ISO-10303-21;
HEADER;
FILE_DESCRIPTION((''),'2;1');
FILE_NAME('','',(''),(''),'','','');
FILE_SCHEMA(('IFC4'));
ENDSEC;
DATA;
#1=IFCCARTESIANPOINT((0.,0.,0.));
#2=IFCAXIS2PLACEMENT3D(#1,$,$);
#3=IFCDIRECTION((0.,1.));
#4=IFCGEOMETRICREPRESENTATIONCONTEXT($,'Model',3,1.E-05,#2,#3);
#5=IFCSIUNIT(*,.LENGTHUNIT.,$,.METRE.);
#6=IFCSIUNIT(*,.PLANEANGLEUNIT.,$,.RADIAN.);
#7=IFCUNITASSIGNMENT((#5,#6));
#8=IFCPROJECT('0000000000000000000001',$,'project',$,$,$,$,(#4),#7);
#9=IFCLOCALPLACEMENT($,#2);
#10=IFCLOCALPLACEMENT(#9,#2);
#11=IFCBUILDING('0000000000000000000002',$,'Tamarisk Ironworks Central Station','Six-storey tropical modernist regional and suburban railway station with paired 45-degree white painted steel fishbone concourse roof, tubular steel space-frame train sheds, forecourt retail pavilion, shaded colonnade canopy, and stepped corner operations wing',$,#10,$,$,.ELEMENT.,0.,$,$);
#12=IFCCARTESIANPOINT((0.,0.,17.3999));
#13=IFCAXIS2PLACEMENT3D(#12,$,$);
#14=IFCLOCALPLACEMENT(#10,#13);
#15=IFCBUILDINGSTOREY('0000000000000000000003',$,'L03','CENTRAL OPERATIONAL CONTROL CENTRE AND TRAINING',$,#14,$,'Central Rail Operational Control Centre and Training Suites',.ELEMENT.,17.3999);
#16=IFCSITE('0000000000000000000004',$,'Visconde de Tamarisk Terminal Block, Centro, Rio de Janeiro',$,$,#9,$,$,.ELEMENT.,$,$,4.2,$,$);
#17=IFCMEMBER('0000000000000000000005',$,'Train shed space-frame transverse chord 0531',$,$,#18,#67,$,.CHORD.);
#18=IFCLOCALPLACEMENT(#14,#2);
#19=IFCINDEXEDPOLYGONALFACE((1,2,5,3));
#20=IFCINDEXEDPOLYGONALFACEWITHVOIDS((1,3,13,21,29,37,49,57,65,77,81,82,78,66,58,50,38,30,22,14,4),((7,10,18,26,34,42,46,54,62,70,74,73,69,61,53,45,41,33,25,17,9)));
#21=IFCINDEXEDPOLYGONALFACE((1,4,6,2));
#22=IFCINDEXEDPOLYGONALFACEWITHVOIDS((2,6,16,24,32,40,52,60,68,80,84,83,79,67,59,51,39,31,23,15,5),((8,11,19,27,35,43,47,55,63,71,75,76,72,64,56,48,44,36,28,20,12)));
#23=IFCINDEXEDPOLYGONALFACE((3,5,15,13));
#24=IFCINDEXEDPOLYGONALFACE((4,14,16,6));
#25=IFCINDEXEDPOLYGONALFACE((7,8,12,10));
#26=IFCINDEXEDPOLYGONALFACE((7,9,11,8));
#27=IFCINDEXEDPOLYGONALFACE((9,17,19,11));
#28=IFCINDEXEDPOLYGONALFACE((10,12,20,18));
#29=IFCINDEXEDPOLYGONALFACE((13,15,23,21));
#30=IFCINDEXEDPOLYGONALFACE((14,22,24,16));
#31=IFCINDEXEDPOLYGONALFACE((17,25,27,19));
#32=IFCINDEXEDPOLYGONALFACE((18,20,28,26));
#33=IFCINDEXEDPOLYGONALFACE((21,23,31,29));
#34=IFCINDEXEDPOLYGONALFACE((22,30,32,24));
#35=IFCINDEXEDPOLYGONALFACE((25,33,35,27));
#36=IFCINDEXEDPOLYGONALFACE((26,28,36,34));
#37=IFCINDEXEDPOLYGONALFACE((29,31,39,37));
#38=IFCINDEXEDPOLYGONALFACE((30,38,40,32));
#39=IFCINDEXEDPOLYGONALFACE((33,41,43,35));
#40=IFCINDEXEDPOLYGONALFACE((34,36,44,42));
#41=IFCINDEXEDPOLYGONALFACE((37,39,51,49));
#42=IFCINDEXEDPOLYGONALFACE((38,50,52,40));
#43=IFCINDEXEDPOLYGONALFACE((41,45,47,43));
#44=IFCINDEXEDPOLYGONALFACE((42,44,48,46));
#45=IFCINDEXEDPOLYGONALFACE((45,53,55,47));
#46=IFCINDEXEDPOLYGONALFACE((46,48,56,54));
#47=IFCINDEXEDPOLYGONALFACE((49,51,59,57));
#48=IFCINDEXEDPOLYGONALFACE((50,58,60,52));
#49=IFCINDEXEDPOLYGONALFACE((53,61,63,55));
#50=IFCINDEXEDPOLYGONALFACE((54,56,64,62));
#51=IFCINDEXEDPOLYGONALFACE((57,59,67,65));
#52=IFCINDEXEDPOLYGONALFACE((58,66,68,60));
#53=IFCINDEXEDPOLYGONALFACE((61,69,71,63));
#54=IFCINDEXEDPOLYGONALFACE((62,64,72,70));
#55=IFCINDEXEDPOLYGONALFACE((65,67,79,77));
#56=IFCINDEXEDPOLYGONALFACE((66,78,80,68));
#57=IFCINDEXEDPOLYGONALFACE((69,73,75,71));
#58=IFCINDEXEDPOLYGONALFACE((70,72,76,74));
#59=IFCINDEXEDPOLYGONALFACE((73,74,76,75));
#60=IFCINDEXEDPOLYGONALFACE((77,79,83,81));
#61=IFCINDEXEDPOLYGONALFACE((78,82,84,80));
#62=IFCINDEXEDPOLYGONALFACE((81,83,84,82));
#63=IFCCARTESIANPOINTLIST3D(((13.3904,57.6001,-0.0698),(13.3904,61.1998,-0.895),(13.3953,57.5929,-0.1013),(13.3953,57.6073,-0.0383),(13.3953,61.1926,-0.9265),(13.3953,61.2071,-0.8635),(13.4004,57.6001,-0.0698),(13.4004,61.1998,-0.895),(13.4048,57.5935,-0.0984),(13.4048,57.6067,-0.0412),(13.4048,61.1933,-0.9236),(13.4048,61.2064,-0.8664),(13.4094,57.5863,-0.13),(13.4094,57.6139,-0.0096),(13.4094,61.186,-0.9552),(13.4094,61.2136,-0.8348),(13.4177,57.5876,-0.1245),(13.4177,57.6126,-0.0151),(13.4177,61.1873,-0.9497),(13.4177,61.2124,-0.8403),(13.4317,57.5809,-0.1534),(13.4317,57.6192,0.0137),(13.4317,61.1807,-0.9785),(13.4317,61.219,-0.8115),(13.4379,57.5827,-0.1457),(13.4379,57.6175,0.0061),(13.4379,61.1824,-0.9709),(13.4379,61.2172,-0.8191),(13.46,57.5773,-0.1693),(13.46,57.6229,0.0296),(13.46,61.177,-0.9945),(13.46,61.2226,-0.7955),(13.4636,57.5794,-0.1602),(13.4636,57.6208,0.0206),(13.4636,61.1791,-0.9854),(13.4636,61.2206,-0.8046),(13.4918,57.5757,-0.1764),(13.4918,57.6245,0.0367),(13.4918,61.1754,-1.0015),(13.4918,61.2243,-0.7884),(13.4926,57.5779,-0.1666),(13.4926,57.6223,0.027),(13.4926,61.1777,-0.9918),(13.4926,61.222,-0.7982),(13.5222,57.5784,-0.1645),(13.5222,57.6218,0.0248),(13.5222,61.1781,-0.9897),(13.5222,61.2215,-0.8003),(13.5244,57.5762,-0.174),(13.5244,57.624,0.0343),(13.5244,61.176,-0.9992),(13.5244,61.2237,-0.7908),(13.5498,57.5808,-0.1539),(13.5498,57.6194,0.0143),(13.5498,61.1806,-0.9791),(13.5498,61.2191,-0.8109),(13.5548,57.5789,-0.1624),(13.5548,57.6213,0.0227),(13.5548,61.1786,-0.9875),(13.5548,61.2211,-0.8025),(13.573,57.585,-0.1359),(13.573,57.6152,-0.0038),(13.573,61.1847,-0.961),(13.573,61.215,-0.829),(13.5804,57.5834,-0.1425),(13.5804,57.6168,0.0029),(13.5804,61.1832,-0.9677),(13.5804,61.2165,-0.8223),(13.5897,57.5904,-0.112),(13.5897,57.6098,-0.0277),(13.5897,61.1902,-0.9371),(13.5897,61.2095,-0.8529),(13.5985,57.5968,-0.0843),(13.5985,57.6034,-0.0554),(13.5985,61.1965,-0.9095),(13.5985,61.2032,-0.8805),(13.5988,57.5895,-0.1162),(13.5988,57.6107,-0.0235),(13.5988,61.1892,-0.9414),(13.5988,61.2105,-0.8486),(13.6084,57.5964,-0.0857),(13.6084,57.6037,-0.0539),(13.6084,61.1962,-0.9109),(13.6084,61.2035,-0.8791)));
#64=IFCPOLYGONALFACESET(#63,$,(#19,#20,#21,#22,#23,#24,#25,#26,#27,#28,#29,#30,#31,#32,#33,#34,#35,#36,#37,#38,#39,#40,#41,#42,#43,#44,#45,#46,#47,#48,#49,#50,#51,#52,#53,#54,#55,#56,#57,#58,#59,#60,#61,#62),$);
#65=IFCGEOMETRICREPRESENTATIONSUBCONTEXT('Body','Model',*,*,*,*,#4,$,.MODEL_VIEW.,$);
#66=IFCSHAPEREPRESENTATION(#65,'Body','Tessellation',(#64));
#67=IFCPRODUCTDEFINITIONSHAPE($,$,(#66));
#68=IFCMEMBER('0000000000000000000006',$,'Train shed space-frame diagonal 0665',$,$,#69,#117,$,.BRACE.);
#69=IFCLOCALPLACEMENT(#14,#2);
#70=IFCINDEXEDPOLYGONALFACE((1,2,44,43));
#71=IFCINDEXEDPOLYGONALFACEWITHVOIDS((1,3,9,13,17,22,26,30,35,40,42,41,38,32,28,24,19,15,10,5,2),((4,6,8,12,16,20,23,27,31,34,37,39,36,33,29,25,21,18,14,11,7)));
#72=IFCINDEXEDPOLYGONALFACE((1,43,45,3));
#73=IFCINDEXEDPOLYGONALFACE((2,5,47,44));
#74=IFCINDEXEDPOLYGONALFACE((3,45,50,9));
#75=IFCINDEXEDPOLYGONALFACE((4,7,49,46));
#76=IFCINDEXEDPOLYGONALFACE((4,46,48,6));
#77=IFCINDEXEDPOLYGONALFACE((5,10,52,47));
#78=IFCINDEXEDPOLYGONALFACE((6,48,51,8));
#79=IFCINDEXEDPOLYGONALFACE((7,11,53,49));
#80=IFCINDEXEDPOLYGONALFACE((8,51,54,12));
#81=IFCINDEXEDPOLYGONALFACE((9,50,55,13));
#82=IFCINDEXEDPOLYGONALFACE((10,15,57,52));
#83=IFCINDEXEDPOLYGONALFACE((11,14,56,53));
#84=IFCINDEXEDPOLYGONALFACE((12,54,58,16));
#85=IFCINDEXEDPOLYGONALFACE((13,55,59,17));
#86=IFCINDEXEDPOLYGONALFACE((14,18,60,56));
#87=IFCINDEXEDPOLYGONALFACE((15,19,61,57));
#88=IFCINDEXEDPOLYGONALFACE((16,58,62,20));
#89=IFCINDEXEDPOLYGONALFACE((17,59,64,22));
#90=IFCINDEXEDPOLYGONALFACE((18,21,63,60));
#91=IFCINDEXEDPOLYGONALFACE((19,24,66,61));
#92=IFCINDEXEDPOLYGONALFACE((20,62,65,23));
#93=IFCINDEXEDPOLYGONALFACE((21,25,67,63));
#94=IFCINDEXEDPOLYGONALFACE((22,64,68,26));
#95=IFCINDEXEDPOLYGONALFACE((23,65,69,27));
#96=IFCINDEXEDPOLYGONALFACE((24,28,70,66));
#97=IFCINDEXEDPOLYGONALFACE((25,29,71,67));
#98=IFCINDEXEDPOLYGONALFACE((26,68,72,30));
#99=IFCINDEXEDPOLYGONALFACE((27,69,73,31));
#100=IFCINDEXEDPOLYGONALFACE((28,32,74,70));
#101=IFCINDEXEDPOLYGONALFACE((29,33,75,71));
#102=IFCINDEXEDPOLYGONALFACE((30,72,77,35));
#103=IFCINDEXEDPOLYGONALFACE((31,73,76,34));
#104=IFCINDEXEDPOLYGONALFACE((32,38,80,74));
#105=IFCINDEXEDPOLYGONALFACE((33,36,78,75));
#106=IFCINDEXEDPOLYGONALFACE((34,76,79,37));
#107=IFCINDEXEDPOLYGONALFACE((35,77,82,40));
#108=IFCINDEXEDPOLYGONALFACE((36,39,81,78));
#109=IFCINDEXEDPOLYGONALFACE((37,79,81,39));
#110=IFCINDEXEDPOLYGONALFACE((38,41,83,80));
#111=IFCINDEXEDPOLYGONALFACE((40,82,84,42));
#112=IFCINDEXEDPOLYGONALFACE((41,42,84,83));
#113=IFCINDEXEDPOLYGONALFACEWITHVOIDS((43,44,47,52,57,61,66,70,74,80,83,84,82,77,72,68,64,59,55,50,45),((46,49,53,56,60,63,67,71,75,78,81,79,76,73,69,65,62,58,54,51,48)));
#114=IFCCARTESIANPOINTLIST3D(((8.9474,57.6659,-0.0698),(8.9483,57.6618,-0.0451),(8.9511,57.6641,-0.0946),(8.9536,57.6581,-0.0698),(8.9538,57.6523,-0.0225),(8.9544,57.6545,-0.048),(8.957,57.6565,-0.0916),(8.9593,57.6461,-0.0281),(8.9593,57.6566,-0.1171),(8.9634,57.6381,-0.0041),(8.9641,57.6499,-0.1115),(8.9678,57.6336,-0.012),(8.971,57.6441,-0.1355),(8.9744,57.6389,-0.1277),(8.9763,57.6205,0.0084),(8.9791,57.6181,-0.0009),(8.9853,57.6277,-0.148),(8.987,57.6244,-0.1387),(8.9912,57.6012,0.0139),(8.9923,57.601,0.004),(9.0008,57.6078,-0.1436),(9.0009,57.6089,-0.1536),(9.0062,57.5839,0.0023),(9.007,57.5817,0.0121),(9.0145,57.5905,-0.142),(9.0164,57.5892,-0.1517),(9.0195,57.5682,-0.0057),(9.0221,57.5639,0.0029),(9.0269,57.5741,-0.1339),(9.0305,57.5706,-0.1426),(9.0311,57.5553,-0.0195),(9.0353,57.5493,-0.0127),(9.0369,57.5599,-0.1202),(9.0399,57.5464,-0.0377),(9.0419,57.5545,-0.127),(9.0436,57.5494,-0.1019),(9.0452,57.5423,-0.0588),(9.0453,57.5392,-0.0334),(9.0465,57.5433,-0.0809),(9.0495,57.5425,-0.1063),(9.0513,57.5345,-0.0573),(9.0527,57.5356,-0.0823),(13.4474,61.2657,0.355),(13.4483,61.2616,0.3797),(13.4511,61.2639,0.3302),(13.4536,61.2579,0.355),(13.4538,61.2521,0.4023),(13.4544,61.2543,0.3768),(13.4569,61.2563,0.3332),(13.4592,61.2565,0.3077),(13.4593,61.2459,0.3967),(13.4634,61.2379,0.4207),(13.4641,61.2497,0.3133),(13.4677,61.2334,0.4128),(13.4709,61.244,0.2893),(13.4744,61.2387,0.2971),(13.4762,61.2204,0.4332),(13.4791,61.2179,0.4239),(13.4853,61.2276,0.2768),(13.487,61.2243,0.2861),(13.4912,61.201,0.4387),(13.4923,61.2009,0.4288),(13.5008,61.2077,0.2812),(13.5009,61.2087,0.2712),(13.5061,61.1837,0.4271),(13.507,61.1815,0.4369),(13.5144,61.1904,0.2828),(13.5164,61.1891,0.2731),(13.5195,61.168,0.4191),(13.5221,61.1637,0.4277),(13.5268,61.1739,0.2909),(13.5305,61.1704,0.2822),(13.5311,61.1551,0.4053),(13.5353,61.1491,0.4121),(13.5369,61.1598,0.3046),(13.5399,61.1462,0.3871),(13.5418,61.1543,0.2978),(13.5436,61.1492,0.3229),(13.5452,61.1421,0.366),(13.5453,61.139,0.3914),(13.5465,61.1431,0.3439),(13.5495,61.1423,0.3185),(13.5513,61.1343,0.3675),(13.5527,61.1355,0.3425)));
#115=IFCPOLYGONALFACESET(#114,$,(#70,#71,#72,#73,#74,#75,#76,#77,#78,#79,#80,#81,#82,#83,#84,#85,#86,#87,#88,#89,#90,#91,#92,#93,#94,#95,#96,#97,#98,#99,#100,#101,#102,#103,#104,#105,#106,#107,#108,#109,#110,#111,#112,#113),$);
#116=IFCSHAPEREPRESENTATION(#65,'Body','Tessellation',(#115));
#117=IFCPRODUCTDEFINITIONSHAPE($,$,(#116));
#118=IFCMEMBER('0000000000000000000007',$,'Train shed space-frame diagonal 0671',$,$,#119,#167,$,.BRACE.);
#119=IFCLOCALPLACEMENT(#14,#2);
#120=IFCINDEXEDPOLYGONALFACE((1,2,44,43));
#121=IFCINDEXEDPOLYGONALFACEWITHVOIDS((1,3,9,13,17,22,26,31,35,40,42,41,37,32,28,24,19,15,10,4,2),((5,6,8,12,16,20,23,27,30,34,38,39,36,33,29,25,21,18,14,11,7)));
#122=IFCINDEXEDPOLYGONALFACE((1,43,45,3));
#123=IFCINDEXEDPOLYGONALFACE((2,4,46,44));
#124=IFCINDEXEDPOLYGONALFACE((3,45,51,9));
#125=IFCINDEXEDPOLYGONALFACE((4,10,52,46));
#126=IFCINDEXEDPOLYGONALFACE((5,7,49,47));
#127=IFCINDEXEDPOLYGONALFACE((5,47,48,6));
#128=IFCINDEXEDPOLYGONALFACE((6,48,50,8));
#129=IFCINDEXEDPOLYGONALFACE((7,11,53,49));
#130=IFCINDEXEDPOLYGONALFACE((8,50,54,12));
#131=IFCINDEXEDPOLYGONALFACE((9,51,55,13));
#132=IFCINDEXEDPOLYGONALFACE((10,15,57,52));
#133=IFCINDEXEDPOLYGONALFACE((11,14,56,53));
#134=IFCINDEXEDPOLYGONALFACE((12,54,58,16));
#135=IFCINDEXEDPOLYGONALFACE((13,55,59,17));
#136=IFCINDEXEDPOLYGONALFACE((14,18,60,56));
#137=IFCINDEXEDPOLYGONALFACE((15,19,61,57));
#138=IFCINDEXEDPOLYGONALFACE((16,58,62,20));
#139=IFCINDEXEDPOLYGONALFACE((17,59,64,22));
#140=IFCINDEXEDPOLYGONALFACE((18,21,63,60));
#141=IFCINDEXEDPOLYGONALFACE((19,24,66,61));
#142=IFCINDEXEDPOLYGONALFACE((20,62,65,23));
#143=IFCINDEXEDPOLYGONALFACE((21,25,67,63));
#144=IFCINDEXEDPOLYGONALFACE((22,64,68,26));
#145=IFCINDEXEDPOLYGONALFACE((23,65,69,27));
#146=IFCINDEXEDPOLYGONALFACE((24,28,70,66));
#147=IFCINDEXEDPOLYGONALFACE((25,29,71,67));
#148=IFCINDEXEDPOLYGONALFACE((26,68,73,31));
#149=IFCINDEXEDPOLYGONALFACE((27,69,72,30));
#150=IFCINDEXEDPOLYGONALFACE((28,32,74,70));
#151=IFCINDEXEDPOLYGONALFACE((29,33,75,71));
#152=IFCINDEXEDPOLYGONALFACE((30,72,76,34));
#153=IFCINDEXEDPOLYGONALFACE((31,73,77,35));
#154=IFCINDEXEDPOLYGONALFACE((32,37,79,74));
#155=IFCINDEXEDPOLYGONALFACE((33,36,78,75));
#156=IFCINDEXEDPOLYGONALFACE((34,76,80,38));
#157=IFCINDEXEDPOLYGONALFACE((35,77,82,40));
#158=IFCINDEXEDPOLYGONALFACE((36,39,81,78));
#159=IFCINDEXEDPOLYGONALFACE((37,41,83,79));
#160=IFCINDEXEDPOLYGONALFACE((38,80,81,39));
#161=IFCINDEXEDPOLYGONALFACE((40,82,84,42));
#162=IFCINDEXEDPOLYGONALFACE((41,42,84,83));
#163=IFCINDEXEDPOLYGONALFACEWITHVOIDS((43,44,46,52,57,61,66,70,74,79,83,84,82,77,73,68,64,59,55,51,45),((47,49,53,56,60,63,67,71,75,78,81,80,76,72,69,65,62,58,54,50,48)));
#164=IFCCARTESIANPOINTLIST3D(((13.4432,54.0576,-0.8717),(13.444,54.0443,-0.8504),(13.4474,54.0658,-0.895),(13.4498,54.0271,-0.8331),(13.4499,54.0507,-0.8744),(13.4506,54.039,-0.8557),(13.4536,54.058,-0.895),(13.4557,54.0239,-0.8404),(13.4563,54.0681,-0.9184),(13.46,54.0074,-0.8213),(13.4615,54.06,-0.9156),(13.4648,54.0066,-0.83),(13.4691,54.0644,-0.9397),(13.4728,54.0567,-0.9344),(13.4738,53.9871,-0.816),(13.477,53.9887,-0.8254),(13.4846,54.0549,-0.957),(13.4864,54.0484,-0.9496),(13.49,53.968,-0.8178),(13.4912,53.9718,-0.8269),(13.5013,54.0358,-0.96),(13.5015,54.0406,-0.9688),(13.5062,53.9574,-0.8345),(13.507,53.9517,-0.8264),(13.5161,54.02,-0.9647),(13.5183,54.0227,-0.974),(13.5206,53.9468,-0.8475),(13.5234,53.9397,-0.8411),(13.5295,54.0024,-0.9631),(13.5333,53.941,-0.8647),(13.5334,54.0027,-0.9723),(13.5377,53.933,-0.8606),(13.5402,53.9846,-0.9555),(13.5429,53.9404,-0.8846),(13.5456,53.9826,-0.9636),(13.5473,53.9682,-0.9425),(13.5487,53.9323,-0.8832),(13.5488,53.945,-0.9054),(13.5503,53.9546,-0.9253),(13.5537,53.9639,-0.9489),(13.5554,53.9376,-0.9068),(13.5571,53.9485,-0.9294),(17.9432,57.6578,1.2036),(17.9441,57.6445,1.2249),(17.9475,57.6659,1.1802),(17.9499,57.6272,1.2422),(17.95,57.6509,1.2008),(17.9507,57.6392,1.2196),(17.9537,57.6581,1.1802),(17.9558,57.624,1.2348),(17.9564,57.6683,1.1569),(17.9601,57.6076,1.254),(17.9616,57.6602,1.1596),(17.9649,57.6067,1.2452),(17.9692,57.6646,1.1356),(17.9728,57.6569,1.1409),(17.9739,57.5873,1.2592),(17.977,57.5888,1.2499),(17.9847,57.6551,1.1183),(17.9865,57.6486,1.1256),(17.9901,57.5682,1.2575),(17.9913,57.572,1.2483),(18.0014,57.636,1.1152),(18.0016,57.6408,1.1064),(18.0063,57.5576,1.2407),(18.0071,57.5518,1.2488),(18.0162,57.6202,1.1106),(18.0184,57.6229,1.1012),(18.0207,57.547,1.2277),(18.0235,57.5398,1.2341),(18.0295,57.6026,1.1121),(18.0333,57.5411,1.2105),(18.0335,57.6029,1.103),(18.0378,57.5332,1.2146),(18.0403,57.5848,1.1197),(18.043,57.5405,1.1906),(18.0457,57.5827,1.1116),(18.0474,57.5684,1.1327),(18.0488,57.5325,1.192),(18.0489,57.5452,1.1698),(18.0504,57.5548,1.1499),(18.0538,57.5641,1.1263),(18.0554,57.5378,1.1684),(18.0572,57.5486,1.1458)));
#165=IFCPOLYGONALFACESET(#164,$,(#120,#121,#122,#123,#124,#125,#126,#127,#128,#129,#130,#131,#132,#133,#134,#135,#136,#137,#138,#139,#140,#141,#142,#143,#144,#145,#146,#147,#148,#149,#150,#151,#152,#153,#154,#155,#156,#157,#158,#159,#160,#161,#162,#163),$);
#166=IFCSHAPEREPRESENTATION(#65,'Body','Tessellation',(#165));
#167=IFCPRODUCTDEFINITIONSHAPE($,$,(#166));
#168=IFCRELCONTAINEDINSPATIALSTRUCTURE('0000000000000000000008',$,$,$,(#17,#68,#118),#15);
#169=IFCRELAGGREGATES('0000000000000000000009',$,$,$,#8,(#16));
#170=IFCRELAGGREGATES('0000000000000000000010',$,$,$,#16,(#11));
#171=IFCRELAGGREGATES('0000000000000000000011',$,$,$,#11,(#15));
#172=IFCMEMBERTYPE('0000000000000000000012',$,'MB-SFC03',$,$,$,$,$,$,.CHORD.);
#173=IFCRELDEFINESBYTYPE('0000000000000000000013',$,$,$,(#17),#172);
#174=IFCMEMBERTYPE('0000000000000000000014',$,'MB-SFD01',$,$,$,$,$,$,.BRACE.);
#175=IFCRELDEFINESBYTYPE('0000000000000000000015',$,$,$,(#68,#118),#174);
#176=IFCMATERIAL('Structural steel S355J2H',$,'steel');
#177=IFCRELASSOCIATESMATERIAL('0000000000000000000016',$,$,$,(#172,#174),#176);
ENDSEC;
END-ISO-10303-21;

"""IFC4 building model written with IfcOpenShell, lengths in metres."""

from ifc_helpers import new_model, si_unit, direction, frame, origin, origin_2d, place, context, subcontext, project, spatial, hollow_circle, extrude, material, material_profile, profile_set, type_object, element, save


model = new_model("IFC4")

# Units and contexts
model_context = context("Model", 3, precision=1e-05, world=origin(), true_north=direction((0.0, 1.0)))
body_context = subcontext(model_context, "Body", "Model", "MODEL_VIEW")
ifc_project = project(units=[si_unit("LENGTHUNIT", "METRE"), si_unit("PLANEANGLEUNIT", "RADIAN")], contexts=[model_context])

# Site, building, storey
site_placement = place(None, origin())
site = spatial("IfcSite", under=ifc_project, at=site_placement, Name="Visconde de Tamarisk Terminal Block, Centro, Rio de Janeiro", CompositionType="ELEMENT", RefElevation=4.2)
building_placement = place(site_placement, origin())
building = spatial("IfcBuilding", under=site, at=building_placement, Name="Tamarisk Ironworks Central Station", Description="Six-storey tropical modernist regional and suburban railway station with paired 45-degree white painted steel fishbone concourse roof, tubular steel space-frame train sheds, forecourt retail pavilion, shaded colonnade canopy, and stepped corner operations wing", CompositionType="ELEMENT", ElevationOfRefHeight=0.0)
storey_placement = place(building_placement, frame((0.0, 0.0, 17.3999)))
storey = spatial("IfcBuildingStorey", under=building, at=storey_placement, Name="L03", Description="CENTRAL OPERATIONAL CONTROL CENTRE AND TRAINING", LongName="Central Rail Operational Control Centre and Training Suites", CompositionType="ELEMENT", Elevation=17.3999)

# Members
ifc_material_1 = material(Name="Structural steel S355J2H", Category="steel")
ifc_material_profile_1 = material_profile(ifc_material_1, hollow_circle(Radius=0.1096, WallThickness=0.01, at=origin_2d()), Name="CHS 219.1x10")
ifc_profile_set_1 = profile_set([ifc_material_profile_1], Name="Structural steel S355J2H")
member_type_1 = type_object("IfcMemberType", Name="MB-SFC03", PredefinedType="CHORD", material=ifc_profile_set_1)
member_1_placement = place(storey_placement, frame((13.5, 57.6001, -0.0698), z_axis=(0.0, 0.974719, -0.223435), x_axis=(-1.0, 0.0, 0.0)))
element("IfcMember", 1, at=member_1_placement, inside=storey, type_object=member_type_1, Name="Train shed space-frame transverse chord 0531", PredefinedType="CHORD", context=body_context, shape_type="SweptSolid", body=[
    extrude(hollow_circle(Radius=0.1096, WallThickness=0.01, at=origin_2d()), origin(), (0.0, 0.0, 1.0), 3.6931),
])
ifc_material_profile_2 = material_profile(ifc_material_1, hollow_circle(Radius=0.0842, WallThickness=0.01, at=origin_2d()), Name="CHS 168.3x10")
ifc_profile_set_2 = profile_set([ifc_material_profile_2], Name="Structural steel S355J2H")
member_type_2 = type_object("IfcMemberType", Name="MB-SFD01", PredefinedType="BRACE", material=ifc_profile_set_2)
member_2_placement = place(storey_placement, frame((9.0, 57.6001, -0.0698), z_axis=(0.778768, 0.622989, 0.073517), x_axis=(-0.62468, 0.780881, 0.0)))
element("IfcMember", 2, at=member_2_placement, inside=storey, type_object=member_type_2, Name="Train shed space-frame diagonal 0665", PredefinedType="BRACE", context=body_context, shape_type="SweptSolid", body=[
    extrude(hollow_circle(Radius=0.0842, WallThickness=0.01, at=origin_2d()), origin(), (0.0, 0.0, 1.0), 5.7783),
])
member_3_placement = place(storey_placement, frame((13.5, 54.0, -0.895), z_axis=(0.734679, 0.587759, 0.338801), x_axis=(-0.624705, 0.780861, 0.0)))
element("IfcMember", 3, at=member_3_placement, inside=storey, type_object=member_type_2, Name="Train shed space-frame diagonal 0671", PredefinedType="BRACE", context=body_context, shape_type="SweptSolid", body=[
    extrude(hollow_circle(Radius=0.0842, WallThickness=0.01, at=origin_2d()), origin(), (0.0, 0.0, 1.0), 6.1252),
])

save(model, "model.ifc")
